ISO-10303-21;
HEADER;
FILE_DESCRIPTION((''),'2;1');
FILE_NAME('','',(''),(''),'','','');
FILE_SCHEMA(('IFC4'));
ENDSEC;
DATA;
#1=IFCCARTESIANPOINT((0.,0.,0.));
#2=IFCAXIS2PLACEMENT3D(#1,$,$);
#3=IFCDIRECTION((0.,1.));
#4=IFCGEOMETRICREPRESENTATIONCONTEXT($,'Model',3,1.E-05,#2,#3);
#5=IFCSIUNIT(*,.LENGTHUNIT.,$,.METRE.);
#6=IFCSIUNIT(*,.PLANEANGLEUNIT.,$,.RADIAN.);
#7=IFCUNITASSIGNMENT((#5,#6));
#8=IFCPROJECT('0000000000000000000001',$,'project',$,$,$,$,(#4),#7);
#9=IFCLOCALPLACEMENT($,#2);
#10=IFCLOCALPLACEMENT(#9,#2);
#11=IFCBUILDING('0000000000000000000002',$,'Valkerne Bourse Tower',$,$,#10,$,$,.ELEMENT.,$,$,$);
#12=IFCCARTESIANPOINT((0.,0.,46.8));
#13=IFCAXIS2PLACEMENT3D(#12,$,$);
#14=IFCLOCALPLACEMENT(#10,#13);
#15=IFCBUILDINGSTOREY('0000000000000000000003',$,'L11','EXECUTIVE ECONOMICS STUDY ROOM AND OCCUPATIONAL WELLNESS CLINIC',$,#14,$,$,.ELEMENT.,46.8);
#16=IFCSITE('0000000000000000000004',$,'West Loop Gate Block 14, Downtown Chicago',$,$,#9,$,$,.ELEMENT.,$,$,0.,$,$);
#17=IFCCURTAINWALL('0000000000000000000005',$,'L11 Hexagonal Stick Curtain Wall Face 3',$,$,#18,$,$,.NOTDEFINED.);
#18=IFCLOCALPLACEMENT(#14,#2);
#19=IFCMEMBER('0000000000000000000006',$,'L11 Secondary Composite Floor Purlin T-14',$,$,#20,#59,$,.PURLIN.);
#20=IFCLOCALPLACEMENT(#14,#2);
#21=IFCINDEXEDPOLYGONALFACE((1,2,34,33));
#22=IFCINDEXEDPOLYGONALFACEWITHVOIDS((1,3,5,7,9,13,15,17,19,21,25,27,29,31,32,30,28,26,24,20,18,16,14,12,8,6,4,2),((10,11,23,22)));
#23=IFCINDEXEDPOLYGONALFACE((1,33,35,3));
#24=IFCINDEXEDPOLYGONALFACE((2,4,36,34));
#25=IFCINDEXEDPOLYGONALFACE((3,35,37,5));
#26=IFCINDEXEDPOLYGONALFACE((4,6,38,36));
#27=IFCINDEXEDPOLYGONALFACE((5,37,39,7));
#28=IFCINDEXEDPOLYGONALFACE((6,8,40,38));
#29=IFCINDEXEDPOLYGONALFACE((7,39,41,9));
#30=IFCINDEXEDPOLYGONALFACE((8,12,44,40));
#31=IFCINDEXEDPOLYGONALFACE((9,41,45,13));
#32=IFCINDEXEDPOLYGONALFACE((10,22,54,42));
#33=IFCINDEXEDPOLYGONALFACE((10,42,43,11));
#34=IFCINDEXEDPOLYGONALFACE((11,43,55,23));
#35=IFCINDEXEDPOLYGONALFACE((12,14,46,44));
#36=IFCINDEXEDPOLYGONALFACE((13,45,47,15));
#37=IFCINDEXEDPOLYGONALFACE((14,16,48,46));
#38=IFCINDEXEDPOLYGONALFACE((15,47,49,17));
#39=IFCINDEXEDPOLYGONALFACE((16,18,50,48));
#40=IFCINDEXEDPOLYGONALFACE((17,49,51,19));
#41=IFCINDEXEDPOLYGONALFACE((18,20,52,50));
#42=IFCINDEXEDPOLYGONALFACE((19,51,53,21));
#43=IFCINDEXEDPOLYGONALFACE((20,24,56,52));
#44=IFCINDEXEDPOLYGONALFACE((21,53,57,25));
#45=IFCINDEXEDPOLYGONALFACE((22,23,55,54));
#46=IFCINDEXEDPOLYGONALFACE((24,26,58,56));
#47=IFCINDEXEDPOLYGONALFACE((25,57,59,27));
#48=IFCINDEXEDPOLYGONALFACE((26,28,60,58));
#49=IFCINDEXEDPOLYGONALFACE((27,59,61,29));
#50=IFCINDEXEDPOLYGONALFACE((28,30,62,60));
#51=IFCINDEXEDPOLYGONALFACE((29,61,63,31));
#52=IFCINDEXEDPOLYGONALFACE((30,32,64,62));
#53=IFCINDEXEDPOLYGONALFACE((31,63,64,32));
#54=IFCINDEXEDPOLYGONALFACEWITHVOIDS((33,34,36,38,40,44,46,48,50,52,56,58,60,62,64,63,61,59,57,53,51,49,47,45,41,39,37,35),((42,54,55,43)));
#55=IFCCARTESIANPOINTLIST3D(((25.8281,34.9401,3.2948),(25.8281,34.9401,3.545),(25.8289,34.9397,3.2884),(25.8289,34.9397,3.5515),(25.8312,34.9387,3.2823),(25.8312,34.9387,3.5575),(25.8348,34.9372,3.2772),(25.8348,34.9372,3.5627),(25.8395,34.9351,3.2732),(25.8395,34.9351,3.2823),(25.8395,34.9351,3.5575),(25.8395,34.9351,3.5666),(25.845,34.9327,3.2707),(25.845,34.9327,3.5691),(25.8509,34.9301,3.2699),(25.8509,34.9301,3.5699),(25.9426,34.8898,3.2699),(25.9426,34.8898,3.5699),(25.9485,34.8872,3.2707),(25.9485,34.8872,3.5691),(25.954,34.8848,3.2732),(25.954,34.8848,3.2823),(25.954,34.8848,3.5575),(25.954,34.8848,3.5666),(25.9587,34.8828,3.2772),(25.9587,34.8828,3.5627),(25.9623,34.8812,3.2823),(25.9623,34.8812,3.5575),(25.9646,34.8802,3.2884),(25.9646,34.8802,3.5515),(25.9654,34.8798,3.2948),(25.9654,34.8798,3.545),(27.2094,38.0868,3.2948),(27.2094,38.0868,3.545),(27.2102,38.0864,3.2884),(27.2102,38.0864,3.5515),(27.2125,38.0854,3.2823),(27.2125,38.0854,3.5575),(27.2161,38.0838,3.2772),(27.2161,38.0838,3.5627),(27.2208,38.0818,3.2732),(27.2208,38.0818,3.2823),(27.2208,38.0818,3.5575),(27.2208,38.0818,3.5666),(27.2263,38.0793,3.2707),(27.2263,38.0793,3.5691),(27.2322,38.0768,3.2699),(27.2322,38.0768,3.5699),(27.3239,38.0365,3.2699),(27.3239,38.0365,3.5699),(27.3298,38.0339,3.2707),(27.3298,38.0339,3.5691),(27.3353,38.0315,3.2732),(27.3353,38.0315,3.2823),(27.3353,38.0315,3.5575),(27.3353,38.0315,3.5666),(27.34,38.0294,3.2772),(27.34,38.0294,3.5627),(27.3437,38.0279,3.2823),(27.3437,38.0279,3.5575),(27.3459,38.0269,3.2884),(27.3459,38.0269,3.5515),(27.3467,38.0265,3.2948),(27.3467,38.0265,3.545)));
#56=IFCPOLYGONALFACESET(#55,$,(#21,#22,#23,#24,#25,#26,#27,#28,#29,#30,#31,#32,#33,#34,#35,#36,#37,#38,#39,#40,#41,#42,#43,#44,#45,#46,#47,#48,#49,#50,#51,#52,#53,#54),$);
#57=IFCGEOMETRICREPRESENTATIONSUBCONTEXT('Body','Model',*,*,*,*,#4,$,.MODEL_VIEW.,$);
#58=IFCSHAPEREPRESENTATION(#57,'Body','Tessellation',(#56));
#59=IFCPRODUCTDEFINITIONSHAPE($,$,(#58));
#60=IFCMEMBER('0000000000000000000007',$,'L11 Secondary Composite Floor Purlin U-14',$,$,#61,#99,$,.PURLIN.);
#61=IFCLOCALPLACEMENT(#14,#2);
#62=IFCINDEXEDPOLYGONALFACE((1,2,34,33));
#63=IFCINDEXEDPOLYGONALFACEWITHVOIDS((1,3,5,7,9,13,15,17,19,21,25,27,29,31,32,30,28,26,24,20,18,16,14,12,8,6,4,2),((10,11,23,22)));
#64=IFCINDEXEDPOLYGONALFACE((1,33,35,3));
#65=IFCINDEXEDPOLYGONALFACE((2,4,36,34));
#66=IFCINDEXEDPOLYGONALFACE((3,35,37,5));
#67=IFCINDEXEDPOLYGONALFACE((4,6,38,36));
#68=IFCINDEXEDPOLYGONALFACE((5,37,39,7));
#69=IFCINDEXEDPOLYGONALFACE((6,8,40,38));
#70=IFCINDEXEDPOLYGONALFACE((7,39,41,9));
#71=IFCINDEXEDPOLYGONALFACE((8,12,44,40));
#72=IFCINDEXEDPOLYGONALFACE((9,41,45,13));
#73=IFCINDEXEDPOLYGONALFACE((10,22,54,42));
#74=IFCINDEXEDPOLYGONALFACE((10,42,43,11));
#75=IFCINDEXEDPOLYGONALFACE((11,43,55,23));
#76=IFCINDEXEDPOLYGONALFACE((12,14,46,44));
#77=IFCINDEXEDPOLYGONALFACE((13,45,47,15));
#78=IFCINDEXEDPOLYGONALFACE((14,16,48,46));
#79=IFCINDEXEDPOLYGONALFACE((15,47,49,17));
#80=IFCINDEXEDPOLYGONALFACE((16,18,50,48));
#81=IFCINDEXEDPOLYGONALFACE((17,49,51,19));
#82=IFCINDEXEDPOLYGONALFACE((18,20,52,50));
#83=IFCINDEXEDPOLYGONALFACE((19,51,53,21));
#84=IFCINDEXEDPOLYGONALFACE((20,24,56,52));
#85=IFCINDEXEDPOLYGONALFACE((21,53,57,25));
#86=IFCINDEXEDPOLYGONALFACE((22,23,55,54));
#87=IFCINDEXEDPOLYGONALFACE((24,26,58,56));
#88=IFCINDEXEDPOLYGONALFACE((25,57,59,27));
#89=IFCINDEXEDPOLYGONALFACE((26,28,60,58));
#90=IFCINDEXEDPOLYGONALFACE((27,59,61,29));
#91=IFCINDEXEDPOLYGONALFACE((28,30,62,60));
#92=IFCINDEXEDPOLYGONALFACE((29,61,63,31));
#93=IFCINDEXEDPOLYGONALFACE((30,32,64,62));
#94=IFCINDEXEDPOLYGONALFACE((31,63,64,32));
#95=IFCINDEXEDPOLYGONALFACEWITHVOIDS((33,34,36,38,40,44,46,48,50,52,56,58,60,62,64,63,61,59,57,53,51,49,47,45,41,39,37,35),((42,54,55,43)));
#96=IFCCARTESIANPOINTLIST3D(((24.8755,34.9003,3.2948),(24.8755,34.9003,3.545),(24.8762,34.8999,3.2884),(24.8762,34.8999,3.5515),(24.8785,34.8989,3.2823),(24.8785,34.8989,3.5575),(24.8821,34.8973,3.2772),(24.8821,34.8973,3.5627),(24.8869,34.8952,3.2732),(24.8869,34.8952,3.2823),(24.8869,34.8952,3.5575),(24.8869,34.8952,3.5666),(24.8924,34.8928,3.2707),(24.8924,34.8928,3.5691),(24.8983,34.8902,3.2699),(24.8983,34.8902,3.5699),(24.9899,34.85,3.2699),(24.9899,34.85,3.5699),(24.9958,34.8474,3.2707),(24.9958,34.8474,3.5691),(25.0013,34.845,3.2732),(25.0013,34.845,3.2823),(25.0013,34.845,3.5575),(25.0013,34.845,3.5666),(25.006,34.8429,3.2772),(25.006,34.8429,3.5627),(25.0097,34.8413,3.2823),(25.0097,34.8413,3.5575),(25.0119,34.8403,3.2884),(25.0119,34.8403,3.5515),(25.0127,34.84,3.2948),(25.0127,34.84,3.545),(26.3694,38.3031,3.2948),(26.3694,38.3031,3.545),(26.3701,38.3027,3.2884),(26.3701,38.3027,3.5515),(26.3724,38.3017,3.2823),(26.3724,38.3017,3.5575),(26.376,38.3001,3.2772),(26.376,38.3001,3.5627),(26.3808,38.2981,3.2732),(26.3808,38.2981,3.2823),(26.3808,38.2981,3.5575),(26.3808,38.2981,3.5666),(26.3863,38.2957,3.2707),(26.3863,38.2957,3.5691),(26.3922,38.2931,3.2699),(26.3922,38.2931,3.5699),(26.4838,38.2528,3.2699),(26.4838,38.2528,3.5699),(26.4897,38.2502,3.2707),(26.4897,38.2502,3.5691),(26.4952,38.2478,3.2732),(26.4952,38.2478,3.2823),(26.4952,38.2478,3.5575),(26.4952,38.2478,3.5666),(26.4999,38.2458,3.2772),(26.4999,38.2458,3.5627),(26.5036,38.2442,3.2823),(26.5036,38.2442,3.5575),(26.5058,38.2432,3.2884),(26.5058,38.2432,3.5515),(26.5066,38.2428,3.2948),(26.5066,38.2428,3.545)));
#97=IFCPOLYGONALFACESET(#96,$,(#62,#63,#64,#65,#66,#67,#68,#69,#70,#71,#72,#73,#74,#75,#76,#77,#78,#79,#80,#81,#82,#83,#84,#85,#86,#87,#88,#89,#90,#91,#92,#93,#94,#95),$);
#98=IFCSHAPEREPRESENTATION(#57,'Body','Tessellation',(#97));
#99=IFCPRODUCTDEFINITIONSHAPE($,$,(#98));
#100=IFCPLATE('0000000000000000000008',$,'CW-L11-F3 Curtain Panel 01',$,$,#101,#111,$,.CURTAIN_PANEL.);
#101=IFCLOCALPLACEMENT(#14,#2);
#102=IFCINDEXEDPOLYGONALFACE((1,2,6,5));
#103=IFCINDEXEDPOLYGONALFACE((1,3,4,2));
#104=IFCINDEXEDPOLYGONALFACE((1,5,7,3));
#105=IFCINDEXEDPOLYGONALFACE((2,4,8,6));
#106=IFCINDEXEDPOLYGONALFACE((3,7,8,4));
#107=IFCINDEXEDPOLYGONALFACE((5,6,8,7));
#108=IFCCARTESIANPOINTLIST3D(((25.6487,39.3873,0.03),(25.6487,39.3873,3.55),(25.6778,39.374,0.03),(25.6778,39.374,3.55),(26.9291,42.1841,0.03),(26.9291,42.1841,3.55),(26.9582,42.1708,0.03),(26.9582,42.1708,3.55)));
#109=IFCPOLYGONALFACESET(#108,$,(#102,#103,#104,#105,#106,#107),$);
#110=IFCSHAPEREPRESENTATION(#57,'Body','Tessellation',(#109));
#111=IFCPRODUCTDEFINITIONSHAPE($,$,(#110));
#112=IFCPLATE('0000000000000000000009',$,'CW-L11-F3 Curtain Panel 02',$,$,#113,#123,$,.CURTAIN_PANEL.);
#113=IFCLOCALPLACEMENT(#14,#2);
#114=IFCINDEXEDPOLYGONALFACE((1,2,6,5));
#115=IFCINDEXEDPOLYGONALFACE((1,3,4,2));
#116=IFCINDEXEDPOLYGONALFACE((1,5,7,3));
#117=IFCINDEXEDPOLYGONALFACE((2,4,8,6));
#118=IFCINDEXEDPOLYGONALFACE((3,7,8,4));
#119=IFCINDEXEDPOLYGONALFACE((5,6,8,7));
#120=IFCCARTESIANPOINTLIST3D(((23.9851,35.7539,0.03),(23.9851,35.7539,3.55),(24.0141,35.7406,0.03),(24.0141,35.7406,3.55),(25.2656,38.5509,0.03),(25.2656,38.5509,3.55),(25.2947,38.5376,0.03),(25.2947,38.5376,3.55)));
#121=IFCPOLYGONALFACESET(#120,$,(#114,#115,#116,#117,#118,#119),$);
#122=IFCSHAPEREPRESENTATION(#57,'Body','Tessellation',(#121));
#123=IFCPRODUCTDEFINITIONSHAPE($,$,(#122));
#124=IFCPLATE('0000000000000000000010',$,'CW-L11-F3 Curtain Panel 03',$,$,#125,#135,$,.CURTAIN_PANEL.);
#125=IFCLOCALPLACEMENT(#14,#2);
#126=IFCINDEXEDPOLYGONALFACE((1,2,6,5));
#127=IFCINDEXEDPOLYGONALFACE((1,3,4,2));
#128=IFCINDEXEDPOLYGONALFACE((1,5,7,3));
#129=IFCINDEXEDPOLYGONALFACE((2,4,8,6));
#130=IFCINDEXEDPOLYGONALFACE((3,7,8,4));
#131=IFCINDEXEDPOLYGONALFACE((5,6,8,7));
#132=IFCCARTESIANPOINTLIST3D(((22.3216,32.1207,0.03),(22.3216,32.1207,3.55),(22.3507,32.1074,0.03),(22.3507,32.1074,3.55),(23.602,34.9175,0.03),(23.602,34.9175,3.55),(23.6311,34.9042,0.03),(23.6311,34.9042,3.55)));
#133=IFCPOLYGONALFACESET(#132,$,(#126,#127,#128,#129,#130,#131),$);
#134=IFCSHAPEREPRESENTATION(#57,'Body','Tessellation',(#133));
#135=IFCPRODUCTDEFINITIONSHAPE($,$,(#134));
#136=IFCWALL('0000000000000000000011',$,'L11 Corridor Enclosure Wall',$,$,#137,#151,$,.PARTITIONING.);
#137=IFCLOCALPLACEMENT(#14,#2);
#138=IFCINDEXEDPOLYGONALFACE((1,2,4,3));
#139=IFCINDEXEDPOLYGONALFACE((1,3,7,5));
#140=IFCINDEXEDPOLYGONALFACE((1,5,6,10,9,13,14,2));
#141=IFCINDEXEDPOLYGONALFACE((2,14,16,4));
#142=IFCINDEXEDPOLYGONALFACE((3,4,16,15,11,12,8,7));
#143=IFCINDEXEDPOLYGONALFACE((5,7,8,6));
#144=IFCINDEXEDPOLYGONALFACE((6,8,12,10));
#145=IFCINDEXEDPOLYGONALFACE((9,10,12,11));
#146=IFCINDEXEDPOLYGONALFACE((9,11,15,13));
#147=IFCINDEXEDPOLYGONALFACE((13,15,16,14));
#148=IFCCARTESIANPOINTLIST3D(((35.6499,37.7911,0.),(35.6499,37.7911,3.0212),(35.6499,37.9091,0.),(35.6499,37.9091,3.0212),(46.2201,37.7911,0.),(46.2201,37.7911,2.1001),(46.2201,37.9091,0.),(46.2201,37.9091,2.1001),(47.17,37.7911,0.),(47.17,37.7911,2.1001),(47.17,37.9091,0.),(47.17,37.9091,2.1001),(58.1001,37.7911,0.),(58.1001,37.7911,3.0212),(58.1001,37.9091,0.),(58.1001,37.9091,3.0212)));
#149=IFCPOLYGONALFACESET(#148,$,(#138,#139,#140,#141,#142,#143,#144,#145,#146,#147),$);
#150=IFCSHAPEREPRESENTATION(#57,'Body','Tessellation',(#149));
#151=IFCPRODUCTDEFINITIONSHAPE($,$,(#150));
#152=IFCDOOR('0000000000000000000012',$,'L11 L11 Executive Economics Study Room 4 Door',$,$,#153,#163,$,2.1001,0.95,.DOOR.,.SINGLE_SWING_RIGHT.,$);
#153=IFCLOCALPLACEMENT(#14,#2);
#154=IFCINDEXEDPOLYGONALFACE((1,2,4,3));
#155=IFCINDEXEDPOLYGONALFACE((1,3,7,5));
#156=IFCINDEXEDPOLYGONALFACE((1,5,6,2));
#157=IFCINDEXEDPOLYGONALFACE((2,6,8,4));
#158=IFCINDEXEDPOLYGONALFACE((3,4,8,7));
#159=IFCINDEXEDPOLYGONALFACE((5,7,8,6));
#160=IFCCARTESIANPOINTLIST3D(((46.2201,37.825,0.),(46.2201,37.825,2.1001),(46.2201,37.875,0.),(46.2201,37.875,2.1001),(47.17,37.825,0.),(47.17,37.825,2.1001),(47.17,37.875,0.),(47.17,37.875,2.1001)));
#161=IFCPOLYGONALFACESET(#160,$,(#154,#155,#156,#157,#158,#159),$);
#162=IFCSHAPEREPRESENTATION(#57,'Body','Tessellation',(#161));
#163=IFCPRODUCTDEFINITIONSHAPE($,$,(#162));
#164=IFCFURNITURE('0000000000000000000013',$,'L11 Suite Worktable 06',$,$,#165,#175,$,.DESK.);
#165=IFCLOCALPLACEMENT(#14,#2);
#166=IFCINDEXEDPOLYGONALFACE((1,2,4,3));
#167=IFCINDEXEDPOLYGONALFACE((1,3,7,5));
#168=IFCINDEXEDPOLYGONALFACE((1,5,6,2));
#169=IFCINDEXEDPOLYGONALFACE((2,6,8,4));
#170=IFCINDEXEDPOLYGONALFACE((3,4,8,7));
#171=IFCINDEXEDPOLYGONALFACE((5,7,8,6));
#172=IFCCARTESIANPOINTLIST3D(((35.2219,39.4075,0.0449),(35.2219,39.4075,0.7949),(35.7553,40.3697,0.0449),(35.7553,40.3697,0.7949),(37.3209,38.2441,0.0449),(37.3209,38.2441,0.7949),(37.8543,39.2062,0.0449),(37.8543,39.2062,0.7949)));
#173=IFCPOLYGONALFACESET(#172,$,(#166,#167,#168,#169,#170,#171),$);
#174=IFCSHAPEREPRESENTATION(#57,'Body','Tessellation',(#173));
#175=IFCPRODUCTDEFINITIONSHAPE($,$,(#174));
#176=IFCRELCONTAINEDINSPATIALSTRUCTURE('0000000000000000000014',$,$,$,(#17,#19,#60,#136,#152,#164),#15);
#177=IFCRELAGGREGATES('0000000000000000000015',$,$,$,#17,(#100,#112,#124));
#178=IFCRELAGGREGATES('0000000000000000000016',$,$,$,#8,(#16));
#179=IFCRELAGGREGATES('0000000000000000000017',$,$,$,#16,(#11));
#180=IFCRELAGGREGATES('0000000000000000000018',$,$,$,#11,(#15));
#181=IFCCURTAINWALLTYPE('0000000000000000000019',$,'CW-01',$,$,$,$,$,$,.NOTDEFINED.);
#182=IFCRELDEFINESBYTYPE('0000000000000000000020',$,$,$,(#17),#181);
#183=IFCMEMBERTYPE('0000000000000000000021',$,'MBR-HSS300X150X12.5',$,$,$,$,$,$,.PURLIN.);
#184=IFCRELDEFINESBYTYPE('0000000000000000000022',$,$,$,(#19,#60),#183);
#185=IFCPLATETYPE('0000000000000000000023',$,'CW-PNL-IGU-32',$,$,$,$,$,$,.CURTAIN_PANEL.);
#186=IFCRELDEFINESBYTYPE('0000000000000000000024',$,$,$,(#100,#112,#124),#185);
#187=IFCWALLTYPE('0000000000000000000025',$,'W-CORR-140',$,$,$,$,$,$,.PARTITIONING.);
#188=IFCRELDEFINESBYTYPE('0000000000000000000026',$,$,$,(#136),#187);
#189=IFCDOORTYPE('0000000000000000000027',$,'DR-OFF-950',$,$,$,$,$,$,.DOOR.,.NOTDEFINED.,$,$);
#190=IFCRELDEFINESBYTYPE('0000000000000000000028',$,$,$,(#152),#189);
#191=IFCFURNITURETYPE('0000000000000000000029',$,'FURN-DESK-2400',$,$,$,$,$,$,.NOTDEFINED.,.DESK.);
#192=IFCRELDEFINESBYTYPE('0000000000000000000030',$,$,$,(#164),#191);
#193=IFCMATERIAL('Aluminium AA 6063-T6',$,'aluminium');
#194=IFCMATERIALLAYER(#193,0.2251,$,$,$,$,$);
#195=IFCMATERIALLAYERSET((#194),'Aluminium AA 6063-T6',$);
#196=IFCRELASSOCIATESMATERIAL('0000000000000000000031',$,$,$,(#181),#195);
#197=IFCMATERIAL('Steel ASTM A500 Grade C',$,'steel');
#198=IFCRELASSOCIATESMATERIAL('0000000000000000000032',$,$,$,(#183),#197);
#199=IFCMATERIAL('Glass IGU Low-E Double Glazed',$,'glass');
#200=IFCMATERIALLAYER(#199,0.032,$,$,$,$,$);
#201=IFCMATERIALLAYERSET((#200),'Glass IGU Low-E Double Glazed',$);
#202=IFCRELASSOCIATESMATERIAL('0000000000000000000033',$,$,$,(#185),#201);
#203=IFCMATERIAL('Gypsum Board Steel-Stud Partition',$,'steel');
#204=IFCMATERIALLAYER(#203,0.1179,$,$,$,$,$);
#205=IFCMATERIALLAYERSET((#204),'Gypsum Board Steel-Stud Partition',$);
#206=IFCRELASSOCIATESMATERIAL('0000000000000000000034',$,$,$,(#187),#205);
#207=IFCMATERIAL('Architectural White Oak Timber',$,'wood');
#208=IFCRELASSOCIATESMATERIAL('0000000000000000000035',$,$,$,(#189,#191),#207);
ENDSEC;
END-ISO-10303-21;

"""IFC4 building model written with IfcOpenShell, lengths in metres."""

from ifc_helpers import new_model, si_unit, direction, frame, frame_2d, origin, origin_2d, place, context, subcontext, project, spatial, rectangle, hollow_rectangle, extrude, material, layer, layer_set, material_profile, profile_set, type_object, element, fill, aggregate, save


model = new_model("IFC4")

# Units and contexts
model_context = context("Model", 3, precision=1e-05, world=origin(), true_north=direction((0.0, 1.0)))
body_context = subcontext(model_context, "Body", "Model", "MODEL_VIEW")
ifc_project = project(units=[si_unit("LENGTHUNIT", "METRE"), si_unit("PLANEANGLEUNIT", "RADIAN")], contexts=[model_context])

# Site, building, storey
site_placement = place(None, origin())
site = spatial("IfcSite", under=ifc_project, at=site_placement, Name="West Loop Gate Block 14, Downtown Chicago", CompositionType="ELEMENT", RefElevation=0.0)
building_placement = place(site_placement, origin())
building = spatial("IfcBuilding", under=site, at=building_placement, Name="Valkerne Bourse Tower", CompositionType="ELEMENT")
storey_placement = place(building_placement, frame((0.0, 0.0, 46.8)))
storey = spatial("IfcBuildingStorey", under=building, at=storey_placement, Name="L11", Description="EXECUTIVE ECONOMICS STUDY ROOM AND OCCUPATIONAL WELLNESS CLINIC", CompositionType="ELEMENT", Elevation=46.8)

# Curtain wall
ifc_material_1 = material(Name="Aluminium AA 6063-T6", Category="aluminium")
ifc_layer_1 = layer(ifc_material_1, 0.2251)
ifc_layer_set_1 = layer_set([ifc_layer_1], Name="Aluminium AA 6063-T6")
curtain_wall_type = type_object("IfcCurtainWallType", Name="CW-01", PredefinedType="NOTDEFINED", material=ifc_layer_set_1)
curtain_wall_placement = place(storey_placement, origin())
curtain_wall = element("IfcCurtainWall", 1, at=curtain_wall_placement, inside=storey, type_object=curtain_wall_type, Name="L11 Hexagonal Stick Curtain Wall Face 3", PredefinedType="NOTDEFINED")

# Members
ifc_material_2 = material(Name="Steel ASTM A500 Grade C", Category="steel")
ifc_material_profile_1 = material_profile(ifc_material_2, hollow_rectangle(XDim=0.1499, YDim=0.3, WallThickness=0.0125, OuterFilletRadius=0.0249, at=origin_2d()), Name="HSS300X150X12.5")
ifc_profile_set_1 = profile_set([ifc_material_profile_1], Name="Steel ASTM A500 Grade C")
member_type_1 = type_object("IfcMemberType", Name="MBR-HSS300X150X12.5", PredefinedType="PURLIN", material=ifc_profile_set_1)
member_1_placement = place(storey_placement, frame((27.2781, 38.0566, 3.4199), z_axis=(-0.401955, -0.915659, 0.0), x_axis=(0.915659, -0.401955, 0.0)))
element("IfcMember", 2, at=member_1_placement, inside=storey, type_object=member_type_1, Name="L11 Secondary Composite Floor Purlin T-14", PredefinedType="PURLIN", context=body_context, shape_type="SweptSolid", body=[
    extrude(hollow_rectangle(XDim=0.1499, YDim=0.3, WallThickness=0.0125, OuterFilletRadius=0.0249, at=origin_2d()), origin(), (0.0, 0.0, 1.0), 3.4365),
])
member_2_placement = place(storey_placement, frame((26.438, 38.2729, 3.4199), z_axis=(-0.401983, -0.915647, 0.0), x_axis=(0.915647, -0.401983, 0.0)))
element("IfcMember", 3, at=member_2_placement, inside=storey, type_object=member_type_1, Name="L11 Secondary Composite Floor Purlin U-14", PredefinedType="PURLIN", context=body_context, shape_type="SweptSolid", body=[
    extrude(hollow_rectangle(XDim=0.1499, YDim=0.3, WallThickness=0.0125, OuterFilletRadius=0.0249, at=origin_2d()), origin(), (0.0, 0.0, 1.0), 3.7163),
])

# Plates
ifc_material_3 = material(Name="Glass IGU Low-E Double Glazed", Category="glass")
ifc_layer_2 = layer(ifc_material_3, 0.032)
ifc_layer_set_2 = layer_set([ifc_layer_2], Name="Glass IGU Low-E Double Glazed")
plate_type = type_object("IfcPlateType", Name="CW-PNL-IGU-32", PredefinedType="CURTAIN_PANEL", material=ifc_layer_set_2)
plate_1_placement = place(storey_placement, frame((26.3035, 40.7791, 0.03), z_axis=(0.0, 0.0, 1.0), x_axis=(-0.416269, -0.909241, 0.0)))
plate_1 = element("IfcPlate", 4, at=plate_1_placement, type_object=plate_type, Name="CW-L11-F3 Curtain Panel 01", PredefinedType="CURTAIN_PANEL", context=body_context, shape_type="SweptSolid", body=[
    extrude(rectangle(XDim=3.0759, YDim=0.032, at=origin_2d()), origin(), (0.0, 0.0, 1.0), 3.52),
])
plate_2_placement = place(storey_placement, frame((24.6399, 37.1458, 0.03), z_axis=(0.0, 0.0, 1.0), x_axis=(-0.41629, -0.909232, 0.0)))
plate_2 = element("IfcPlate", 5, at=plate_2_placement, type_object=plate_type, Name="CW-L11-F3 Curtain Panel 02", PredefinedType="CURTAIN_PANEL", context=body_context, shape_type="SweptSolid", body=[
    extrude(rectangle(XDim=3.0762, YDim=0.032, at=origin_2d()), origin(), (0.0, 0.0, 1.0), 3.52),
])
plate_3_placement = place(storey_placement, frame((22.9763, 33.5125, 0.03), z_axis=(0.0, 0.0, 1.0), x_axis=(-0.416269, -0.909241, 0.0)))
plate_3 = element("IfcPlate", 6, at=plate_3_placement, type_object=plate_type, Name="CW-L11-F3 Curtain Panel 03", PredefinedType="CURTAIN_PANEL", context=body_context, shape_type="SweptSolid", body=[
    extrude(rectangle(XDim=3.0759, YDim=0.032, at=origin_2d()), origin(), (0.0, 0.0, 1.0), 3.52),
])
aggregate(curtain_wall, [plate_1, plate_2, plate_3])

# Wall, opening, door
ifc_material_4 = material(Name="Gypsum Board Steel-Stud Partition", Category="steel")
ifc_layer_3 = layer(ifc_material_4, 0.1179)
ifc_layer_set_3 = layer_set([ifc_layer_3], Name="Gypsum Board Steel-Stud Partition")
wall_type = type_object("IfcWallType", Name="W-CORR-140", PredefinedType="PARTITIONING", material=ifc_layer_set_3)
wall_placement = place(storey_placement, frame((35.6499, 37.8501, 0.0), z_axis=(0.0, 0.0, 1.0), x_axis=(1.0, 0.0, 0.0)))
wall = element("IfcWall", 7, at=wall_placement, inside=storey, type_object=wall_type, Name="L11 Corridor Enclosure Wall", PredefinedType="PARTITIONING", context=body_context, shape_type="SweptSolid", body=[
    extrude(rectangle(XDim=22.4502, YDim=0.1179, at=frame_2d((11.2251, 0.0))), origin(), (0.0, 0.0, 1.0), 3.0212),
])
opening_placement = place(wall_placement, frame((10.5701, 0.0, 0.0)))
opening = element("IfcOpeningElement", 8, at=opening_placement, cuts=wall, PredefinedType="OPENING", context=body_context, shape_type="SweptSolid", body=[
    extrude(rectangle(XDim=0.95, YDim=2.1001, at=frame_2d((0.4751, 1.05))), frame((0.0, 0.0688, 0.0), z_axis=(0.0, -1.0, 0.0), x_axis=(1.0, 0.0, 0.0)), (0.0, 0.0, 1.0), 0.1379),
])
ifc_material_5 = material(Name="Architectural White Oak Timber", Category="wood")
door_type = type_object("IfcDoorType", Name="DR-OFF-950", OperationType="NOTDEFINED", PredefinedType="DOOR", material=ifc_material_5)
door_placement = place(opening_placement, origin())
door = element("IfcDoor", 9, at=door_placement, inside=storey, type_object=door_type, Name="L11 L11 Executive Economics Study Room 4 Door", OperationType="SINGLE_SWING_RIGHT", OverallHeight=2.1001, OverallWidth=0.95, PredefinedType="DOOR", context=body_context, shape_type="SweptSolid", body=[
    extrude(rectangle(XDim=0.95, YDim=2.1001, at=frame_2d((0.4751, 1.05))), frame((0.0, 0.0249, 0.0), z_axis=(0.0, -1.0, 0.0), x_axis=(1.0, 0.0, 0.0)), (0.0, 0.0, 1.0), 0.05),
])
fill(opening, door)

# Furniture
furniture_type = type_object("IfcFurnitureType", Name="FURN-DESK-2400", AssemblyPlace="NOTDEFINED", PredefinedType="DESK", material=ifc_material_5)
furniture_placement = place(storey_placement, frame((36.5381, 39.3069, 0.0449), z_axis=(0.0, 0.0, 1.0), x_axis=(-0.87462, 0.48481, 0.0)))
element("IfcFurniture", 10, at=furniture_placement, inside=storey, type_object=furniture_type, Name="L11 Suite Worktable 06", PredefinedType="DESK", context=body_context, shape_type="SweptSolid", body=[
    extrude(rectangle(XDim=2.3999, YDim=1.1001, at=origin_2d()), origin(), (0.0, 0.0, 1.0), 0.75),
])

save(model, "model.ifc")
